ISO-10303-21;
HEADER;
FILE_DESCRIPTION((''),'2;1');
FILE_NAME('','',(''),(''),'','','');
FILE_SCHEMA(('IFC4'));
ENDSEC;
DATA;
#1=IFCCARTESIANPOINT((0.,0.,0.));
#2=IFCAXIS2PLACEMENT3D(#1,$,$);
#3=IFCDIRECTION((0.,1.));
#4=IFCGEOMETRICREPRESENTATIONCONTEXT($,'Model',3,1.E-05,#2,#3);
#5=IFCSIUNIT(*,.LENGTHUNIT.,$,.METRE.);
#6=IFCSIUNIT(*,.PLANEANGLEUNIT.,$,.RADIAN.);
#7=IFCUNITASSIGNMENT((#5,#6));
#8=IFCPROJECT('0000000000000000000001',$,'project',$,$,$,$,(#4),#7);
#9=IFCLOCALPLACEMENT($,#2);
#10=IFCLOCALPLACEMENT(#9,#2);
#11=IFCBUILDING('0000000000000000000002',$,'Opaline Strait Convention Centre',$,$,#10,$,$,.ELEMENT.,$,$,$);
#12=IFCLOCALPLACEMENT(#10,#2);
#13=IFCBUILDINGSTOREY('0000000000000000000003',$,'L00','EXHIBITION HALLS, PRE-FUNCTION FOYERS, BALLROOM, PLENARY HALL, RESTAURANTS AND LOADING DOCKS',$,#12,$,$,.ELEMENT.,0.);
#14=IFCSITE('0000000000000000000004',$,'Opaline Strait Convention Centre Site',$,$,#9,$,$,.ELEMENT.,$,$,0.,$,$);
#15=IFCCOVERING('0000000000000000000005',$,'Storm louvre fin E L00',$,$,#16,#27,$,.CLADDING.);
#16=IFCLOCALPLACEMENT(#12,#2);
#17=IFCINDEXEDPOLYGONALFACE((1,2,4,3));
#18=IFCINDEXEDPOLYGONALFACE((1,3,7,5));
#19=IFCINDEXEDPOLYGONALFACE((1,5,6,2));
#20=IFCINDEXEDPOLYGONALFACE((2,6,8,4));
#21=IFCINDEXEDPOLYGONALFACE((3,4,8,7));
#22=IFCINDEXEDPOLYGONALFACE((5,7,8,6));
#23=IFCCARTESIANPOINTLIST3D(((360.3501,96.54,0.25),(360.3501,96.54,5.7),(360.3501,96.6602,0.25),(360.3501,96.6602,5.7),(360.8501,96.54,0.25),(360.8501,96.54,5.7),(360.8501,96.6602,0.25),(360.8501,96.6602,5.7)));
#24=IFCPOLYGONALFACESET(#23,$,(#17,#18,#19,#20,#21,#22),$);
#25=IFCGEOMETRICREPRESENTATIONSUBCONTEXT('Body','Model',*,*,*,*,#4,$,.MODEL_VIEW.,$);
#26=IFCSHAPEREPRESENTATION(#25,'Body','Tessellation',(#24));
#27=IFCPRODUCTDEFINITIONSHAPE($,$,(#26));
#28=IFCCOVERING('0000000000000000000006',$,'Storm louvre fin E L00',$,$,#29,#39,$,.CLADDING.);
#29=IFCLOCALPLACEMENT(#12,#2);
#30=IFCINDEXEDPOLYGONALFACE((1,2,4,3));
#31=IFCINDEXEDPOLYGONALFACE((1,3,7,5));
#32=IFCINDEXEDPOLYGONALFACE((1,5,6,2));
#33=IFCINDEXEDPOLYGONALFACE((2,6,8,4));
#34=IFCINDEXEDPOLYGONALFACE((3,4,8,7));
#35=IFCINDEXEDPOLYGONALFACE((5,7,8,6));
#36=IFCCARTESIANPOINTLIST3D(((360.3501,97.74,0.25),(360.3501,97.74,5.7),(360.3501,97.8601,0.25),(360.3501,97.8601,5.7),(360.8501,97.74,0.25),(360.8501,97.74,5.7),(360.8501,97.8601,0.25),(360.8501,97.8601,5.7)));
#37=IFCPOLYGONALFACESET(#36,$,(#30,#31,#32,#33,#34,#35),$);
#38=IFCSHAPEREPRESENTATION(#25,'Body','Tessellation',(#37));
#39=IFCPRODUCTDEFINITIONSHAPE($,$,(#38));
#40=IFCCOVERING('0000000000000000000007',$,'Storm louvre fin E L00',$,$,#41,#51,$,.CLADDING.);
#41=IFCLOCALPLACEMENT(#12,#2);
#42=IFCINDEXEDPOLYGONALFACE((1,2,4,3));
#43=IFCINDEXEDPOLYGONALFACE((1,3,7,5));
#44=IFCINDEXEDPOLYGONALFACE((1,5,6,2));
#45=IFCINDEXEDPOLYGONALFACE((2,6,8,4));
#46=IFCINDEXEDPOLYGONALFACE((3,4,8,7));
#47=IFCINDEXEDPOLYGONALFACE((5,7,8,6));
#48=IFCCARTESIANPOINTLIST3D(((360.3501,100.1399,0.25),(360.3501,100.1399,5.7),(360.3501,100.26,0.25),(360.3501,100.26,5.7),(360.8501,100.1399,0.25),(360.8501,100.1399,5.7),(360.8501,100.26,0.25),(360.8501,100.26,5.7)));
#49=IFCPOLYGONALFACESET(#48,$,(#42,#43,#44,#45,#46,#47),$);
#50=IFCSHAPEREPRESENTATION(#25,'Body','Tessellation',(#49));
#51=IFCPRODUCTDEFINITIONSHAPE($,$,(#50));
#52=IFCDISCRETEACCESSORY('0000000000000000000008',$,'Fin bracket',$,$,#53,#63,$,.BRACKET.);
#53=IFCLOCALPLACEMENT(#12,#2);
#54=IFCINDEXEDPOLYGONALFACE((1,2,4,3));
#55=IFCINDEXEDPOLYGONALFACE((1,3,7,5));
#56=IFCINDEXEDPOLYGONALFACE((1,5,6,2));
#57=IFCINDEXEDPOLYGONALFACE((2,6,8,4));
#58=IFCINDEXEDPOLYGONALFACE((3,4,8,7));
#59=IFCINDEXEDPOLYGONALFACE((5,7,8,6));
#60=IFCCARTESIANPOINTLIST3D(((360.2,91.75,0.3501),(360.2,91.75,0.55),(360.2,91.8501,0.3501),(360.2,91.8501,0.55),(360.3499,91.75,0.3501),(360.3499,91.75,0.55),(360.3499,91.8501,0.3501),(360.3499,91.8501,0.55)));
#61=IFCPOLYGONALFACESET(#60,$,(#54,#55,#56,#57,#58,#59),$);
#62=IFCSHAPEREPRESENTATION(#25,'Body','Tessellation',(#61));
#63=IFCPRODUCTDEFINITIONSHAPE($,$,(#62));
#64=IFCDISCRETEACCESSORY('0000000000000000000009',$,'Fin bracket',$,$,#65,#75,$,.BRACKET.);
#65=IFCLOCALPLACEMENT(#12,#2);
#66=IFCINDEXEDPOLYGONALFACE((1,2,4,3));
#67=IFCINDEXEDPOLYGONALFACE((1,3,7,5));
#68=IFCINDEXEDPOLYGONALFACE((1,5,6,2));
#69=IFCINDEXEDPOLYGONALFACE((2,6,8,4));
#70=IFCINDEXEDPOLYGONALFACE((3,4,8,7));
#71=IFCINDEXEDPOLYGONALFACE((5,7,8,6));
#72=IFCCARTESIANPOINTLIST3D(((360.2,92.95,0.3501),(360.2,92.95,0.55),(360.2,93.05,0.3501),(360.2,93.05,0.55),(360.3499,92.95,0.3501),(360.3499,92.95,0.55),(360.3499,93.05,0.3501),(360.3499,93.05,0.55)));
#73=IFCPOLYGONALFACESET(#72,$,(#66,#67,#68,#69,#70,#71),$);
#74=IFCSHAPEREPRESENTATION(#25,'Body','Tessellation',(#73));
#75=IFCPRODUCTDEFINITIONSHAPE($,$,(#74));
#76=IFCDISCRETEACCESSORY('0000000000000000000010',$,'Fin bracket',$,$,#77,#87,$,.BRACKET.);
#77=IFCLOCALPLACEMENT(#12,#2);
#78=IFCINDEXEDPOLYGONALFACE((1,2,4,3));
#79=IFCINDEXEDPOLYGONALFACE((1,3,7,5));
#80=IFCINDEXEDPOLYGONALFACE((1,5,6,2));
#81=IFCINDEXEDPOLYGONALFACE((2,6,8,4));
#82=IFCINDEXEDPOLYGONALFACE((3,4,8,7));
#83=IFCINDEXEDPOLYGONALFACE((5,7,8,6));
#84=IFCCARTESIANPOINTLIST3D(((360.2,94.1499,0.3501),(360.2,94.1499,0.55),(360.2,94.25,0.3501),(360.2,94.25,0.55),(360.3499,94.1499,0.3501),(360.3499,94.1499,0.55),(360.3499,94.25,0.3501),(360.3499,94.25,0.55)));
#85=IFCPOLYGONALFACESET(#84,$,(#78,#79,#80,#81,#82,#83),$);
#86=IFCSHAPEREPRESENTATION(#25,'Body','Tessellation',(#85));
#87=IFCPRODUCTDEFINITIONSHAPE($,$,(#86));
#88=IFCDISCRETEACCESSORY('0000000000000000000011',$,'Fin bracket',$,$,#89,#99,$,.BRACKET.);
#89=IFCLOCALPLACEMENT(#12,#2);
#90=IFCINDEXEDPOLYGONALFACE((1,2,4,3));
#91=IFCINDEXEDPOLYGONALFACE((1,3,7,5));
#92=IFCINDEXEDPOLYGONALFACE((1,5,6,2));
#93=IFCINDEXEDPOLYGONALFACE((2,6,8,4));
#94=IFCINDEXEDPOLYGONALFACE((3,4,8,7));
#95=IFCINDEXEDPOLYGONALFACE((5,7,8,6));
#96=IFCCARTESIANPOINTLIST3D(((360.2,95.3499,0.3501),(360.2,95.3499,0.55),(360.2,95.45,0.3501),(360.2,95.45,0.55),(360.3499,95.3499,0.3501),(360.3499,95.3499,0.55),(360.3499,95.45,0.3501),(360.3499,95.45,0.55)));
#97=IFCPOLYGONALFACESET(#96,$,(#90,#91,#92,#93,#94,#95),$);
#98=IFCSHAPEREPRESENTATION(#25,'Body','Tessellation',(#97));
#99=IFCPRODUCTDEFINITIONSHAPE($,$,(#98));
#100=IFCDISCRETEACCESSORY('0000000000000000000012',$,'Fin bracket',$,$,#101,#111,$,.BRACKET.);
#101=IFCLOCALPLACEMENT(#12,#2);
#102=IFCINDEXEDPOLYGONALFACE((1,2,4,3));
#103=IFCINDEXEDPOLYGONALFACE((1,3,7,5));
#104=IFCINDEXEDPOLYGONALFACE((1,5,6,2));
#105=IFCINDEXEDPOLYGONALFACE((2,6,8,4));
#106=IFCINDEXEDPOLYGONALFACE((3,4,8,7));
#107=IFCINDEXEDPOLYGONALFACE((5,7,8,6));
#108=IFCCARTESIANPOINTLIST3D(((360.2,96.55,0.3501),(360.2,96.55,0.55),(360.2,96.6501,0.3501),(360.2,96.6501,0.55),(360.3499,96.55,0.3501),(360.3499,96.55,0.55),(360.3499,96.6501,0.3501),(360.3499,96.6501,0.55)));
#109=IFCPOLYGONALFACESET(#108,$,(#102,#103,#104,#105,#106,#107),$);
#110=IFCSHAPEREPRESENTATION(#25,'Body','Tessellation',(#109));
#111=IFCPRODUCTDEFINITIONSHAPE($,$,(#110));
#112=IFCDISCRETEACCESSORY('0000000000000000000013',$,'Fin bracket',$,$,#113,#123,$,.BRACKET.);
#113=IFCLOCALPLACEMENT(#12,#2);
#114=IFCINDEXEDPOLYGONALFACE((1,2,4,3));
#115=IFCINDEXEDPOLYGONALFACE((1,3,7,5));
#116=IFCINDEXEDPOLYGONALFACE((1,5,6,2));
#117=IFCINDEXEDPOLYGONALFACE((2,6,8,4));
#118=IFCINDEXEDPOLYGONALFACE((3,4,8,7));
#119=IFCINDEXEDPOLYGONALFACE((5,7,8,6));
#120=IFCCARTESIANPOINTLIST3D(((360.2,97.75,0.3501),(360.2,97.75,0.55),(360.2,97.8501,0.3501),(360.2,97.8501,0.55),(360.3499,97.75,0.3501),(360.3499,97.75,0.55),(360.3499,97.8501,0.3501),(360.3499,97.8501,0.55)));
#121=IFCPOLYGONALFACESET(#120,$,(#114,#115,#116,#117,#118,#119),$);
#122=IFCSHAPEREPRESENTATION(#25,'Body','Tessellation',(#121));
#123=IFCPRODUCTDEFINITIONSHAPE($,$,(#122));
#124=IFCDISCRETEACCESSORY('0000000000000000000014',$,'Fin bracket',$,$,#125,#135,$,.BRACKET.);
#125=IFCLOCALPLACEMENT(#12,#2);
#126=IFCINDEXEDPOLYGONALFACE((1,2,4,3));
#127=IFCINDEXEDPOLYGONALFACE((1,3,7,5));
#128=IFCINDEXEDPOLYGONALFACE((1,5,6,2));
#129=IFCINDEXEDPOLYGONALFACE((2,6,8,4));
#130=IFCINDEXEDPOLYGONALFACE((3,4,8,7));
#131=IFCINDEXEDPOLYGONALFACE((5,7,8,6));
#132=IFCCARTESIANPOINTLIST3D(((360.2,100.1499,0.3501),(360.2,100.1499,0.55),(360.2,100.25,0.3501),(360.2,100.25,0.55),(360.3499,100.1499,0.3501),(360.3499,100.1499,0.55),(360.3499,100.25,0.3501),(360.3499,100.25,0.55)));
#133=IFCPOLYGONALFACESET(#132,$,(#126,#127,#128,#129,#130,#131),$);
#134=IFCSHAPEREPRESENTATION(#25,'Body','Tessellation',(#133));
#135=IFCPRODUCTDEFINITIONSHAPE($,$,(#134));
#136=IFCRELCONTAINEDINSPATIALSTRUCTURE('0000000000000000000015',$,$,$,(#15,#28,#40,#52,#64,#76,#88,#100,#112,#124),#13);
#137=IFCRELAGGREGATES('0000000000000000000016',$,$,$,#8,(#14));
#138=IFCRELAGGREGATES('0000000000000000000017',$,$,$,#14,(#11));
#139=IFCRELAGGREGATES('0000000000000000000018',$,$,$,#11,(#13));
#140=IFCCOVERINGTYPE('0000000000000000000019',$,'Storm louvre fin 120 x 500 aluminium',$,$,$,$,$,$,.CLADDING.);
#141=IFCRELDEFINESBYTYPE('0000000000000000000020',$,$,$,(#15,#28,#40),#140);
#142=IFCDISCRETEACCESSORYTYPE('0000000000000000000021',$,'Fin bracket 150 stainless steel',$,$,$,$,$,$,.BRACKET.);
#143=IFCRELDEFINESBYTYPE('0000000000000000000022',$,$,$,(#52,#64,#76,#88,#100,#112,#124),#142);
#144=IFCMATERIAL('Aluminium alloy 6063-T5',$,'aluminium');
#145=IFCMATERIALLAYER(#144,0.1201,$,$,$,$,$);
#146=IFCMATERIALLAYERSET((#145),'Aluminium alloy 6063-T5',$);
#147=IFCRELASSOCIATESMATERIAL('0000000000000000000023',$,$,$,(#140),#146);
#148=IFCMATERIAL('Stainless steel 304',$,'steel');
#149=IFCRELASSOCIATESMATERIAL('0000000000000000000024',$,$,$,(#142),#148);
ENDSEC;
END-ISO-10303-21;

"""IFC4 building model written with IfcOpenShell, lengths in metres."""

from ifc_helpers import new_model, si_unit, direction, frame, origin, origin_2d, place, context, subcontext, project, spatial, rectangle, extrude, material, layer, layer_set, type_object, element, save


model = new_model("IFC4")

# Units and contexts
model_context = context("Model", 3, precision=1e-05, world=origin(), true_north=direction((0.0, 1.0)))
body_context = subcontext(model_context, "Body", "Model", "MODEL_VIEW")
ifc_project = project(units=[si_unit("LENGTHUNIT", "METRE"), si_unit("PLANEANGLEUNIT", "RADIAN")], contexts=[model_context])

# Site, building, storey
site_placement = place(None, origin())
site = spatial("IfcSite", under=ifc_project, at=site_placement, Name="Opaline Strait Convention Centre Site", CompositionType="ELEMENT", RefElevation=0.0)
building_placement = place(site_placement, origin())
building = spatial("IfcBuilding", under=site, at=building_placement, Name="Opaline Strait Convention Centre", CompositionType="ELEMENT")
storey_placement = place(building_placement, origin())
storey = spatial("IfcBuildingStorey", under=building, at=storey_placement, Name="L00", Description="EXHIBITION HALLS, PRE-FUNCTION FOYERS, BALLROOM, PLENARY HALL, RESTAURANTS AND LOADING DOCKS", CompositionType="ELEMENT", Elevation=0.0)

# Shared definitions
ifc_material_1 = material(Name="Stainless steel 304", Category="steel")

# Coverings
ifc_material_2 = material(Name="Aluminium alloy 6063-T5", Category="aluminium")
ifc_layer_1 = layer(ifc_material_2, 0.1201)
ifc_layer_set_1 = layer_set([ifc_layer_1], Name="Aluminium alloy 6063-T5")
covering_type = type_object("IfcCoveringType", Name="Storm louvre fin 120 x 500 aluminium", PredefinedType="CLADDING", material=ifc_layer_set_1)
for number, where, z_axis, x_axis, name in (
    (1, (360.6001, 96.6001, 0.25), (0.0, 0.0, 1.0), (1.0, 0.0, 0.0), "Storm louvre fin E L00"),
    (2, (360.6001, 97.8, 0.25), (0.0, 0.0, 1.0), (1.0, 0.0, 0.0), "Storm louvre fin E L00"),
    (3, (360.6001, 100.2, 0.25), (0.0, 0.0, 1.0), (1.0, 0.0, 0.0), "Storm louvre fin E L00"),
):
    element("IfcCovering", number, at=place(storey_placement, frame(where, z_axis=z_axis, x_axis=x_axis)), inside=storey, type_object=covering_type, Name=name, PredefinedType="CLADDING", context=body_context, shape_type="SweptSolid", body=[
        extrude(rectangle(XDim=0.5, YDim=0.1201, at=origin_2d()), origin(), (0.0, 0.0, 1.0), 5.45),
    ])

# Discrete accessories
discrete_accessory_type = type_object("IfcDiscreteAccessoryType", Name="Fin bracket 150 stainless steel", PredefinedType="BRACKET", material=ifc_material_1)
for number, where, z_axis, x_axis, name in (
    (4, (360.2749, 91.8, 0.3501), (0.0, 0.0, 1.0), (1.0, 0.0, 0.0), "Fin bracket"),
    (5, (360.2749, 93.0, 0.3501), (0.0, 0.0, 1.0), (1.0, 0.0, 0.0), "Fin bracket"),
    (6, (360.2749, 94.2, 0.3501), (0.0, 0.0, 1.0), (1.0, 0.0, 0.0), "Fin bracket"),
    (7, (360.2749, 95.3999, 0.3501), (0.0, 0.0, 1.0), (1.0, 0.0, 0.0), "Fin bracket"),
    (8, (360.2749, 96.6001, 0.3501), (0.0, 0.0, 1.0), (1.0, 0.0, 0.0), "Fin bracket"),
    (9, (360.2749, 97.8, 0.3501), (0.0, 0.0, 1.0), (1.0, 0.0, 0.0), "Fin bracket"),
    (10, (360.2749, 100.2, 0.3501), (0.0, 0.0, 1.0), (1.0, 0.0, 0.0), "Fin bracket"),
):
    element("IfcDiscreteAccessory", number, at=place(storey_placement, frame(where, z_axis=z_axis, x_axis=x_axis)), inside=storey, type_object=discrete_accessory_type, Name=name, PredefinedType="BRACKET", context=body_context, shape_type="SweptSolid", body=[
        extrude(rectangle(XDim=0.1499, YDim=0.1001, at=origin_2d()), origin(), (0.0, 0.0, 1.0), 0.2),
    ])

save(model, "model.ifc")
